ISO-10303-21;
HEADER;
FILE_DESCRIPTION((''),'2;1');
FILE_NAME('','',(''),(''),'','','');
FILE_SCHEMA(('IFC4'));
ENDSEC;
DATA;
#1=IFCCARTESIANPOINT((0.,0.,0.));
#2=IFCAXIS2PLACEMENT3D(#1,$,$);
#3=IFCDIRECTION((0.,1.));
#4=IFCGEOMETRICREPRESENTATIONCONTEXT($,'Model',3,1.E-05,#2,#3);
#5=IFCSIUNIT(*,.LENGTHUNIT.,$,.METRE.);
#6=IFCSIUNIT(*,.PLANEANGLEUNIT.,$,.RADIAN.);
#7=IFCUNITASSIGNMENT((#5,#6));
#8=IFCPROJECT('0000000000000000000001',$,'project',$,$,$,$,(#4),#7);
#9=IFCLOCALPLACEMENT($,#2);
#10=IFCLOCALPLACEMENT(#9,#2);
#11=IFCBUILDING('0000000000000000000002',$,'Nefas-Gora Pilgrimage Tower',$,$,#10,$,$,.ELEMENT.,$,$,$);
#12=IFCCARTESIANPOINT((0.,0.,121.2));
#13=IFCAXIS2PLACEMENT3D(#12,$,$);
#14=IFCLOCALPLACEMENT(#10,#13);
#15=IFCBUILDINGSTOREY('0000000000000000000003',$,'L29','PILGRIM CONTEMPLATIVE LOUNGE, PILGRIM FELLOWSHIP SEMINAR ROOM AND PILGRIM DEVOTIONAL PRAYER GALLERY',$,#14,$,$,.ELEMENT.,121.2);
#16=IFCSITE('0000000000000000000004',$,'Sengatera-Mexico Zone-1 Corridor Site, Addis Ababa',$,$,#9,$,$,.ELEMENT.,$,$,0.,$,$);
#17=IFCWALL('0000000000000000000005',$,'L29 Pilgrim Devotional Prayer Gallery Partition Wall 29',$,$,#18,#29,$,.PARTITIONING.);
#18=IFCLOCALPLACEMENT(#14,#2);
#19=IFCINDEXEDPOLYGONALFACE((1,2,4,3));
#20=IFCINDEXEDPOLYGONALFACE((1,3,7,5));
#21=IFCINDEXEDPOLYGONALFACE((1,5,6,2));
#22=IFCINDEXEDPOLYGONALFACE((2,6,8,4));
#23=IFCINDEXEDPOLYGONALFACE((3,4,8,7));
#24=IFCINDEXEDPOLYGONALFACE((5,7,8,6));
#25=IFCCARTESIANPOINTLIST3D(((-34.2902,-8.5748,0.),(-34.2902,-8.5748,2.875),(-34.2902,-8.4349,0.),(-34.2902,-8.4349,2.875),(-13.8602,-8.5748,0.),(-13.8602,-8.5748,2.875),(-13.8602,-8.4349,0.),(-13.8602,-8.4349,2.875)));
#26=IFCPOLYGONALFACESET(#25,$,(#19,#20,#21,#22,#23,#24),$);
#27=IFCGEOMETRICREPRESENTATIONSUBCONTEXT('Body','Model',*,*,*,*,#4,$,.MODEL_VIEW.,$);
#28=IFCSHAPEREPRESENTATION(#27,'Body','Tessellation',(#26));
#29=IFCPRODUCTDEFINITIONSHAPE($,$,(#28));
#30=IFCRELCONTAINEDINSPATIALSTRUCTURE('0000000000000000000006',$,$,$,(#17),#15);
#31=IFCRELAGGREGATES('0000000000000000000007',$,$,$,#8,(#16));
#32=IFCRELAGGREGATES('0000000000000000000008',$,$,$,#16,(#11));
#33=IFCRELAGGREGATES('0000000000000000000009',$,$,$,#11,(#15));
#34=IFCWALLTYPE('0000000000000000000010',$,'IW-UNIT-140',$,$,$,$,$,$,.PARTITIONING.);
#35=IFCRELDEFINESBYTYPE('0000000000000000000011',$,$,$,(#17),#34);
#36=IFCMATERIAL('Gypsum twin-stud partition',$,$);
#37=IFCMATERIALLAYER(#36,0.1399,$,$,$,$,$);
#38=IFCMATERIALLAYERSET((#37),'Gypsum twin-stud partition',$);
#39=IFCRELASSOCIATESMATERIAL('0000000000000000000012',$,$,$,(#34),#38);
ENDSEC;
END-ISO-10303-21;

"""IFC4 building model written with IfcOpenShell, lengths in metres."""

from ifc_helpers import new_model, si_unit, direction, frame, frame_2d, origin, place, context, subcontext, project, spatial, rectangle, extrude, source, transform, mapped, material, layer, layer_set, type_object, element, save


model = new_model("IFC4")

# Units and contexts
model_context = context("Model", 3, precision=1e-05, world=origin(), true_north=direction((0.0, 1.0)))
body_context = subcontext(model_context, "Body", "Model", "MODEL_VIEW")
ifc_project = project(units=[si_unit("LENGTHUNIT", "METRE"), si_unit("PLANEANGLEUNIT", "RADIAN")], contexts=[model_context])

# Site, building, storey
site_placement = place(None, origin())
site = spatial("IfcSite", under=ifc_project, at=site_placement, Name="Sengatera-Mexico Zone-1 Corridor Site, Addis Ababa", CompositionType="ELEMENT", RefElevation=0.0)
building_placement = place(site_placement, origin())
building = spatial("IfcBuilding", under=site, at=building_placement, Name="Nefas-Gora Pilgrimage Tower", CompositionType="ELEMENT")
storey_placement = place(building_placement, frame((0.0, 0.0, 121.2)))
storey = spatial("IfcBuildingStorey", under=building, at=storey_placement, Name="L29", Description="PILGRIM CONTEMPLATIVE LOUNGE, PILGRIM FELLOWSHIP SEMINAR ROOM AND PILGRIM DEVOTIONAL PRAYER GALLERY", CompositionType="ELEMENT", Elevation=121.2)

# Wall
ifc_material_1 = material(Name="Gypsum twin-stud partition")
ifc_layer_1 = layer(ifc_material_1, 0.1399)
ifc_layer_set_1 = layer_set([ifc_layer_1], Name="Gypsum twin-stud partition")
wall_type_1 = type_object("IfcWallType", Name="IW-UNIT-140", PredefinedType="PARTITIONING", material=ifc_layer_set_1)
shared_shape_1 = source(origin(), body_context, "Body", "SweptSolid", [
    extrude(rectangle(XDim=20.4299, YDim=0.1399, at=frame_2d((10.2148, 0.0))), origin(), (0.0, 0.0, 1.0), 2.875),
])
wall_1_placement = place(storey_placement, frame((-34.29, -8.5049, 0.0), z_axis=(0.0, 0.0, 1.0), x_axis=(1.0, 0.0, 0.0)))
element("IfcWall", 1, at=wall_1_placement, inside=storey, type_object=wall_type_1, Name="L29 Pilgrim Devotional Prayer Gallery Partition Wall 29", PredefinedType="PARTITIONING", context=body_context, shape_type="MappedRepresentation", body=[
    mapped(shared_shape_1, transform((0.0, 0.0, 0.0), x_axis=(1.0, 0.0, 0.0), y_axis=(0.0, 1.0, 0.0), z_axis=(0.0, 0.0, 1.0), scale=1.0)),
])

save(model, "model.ifc")
